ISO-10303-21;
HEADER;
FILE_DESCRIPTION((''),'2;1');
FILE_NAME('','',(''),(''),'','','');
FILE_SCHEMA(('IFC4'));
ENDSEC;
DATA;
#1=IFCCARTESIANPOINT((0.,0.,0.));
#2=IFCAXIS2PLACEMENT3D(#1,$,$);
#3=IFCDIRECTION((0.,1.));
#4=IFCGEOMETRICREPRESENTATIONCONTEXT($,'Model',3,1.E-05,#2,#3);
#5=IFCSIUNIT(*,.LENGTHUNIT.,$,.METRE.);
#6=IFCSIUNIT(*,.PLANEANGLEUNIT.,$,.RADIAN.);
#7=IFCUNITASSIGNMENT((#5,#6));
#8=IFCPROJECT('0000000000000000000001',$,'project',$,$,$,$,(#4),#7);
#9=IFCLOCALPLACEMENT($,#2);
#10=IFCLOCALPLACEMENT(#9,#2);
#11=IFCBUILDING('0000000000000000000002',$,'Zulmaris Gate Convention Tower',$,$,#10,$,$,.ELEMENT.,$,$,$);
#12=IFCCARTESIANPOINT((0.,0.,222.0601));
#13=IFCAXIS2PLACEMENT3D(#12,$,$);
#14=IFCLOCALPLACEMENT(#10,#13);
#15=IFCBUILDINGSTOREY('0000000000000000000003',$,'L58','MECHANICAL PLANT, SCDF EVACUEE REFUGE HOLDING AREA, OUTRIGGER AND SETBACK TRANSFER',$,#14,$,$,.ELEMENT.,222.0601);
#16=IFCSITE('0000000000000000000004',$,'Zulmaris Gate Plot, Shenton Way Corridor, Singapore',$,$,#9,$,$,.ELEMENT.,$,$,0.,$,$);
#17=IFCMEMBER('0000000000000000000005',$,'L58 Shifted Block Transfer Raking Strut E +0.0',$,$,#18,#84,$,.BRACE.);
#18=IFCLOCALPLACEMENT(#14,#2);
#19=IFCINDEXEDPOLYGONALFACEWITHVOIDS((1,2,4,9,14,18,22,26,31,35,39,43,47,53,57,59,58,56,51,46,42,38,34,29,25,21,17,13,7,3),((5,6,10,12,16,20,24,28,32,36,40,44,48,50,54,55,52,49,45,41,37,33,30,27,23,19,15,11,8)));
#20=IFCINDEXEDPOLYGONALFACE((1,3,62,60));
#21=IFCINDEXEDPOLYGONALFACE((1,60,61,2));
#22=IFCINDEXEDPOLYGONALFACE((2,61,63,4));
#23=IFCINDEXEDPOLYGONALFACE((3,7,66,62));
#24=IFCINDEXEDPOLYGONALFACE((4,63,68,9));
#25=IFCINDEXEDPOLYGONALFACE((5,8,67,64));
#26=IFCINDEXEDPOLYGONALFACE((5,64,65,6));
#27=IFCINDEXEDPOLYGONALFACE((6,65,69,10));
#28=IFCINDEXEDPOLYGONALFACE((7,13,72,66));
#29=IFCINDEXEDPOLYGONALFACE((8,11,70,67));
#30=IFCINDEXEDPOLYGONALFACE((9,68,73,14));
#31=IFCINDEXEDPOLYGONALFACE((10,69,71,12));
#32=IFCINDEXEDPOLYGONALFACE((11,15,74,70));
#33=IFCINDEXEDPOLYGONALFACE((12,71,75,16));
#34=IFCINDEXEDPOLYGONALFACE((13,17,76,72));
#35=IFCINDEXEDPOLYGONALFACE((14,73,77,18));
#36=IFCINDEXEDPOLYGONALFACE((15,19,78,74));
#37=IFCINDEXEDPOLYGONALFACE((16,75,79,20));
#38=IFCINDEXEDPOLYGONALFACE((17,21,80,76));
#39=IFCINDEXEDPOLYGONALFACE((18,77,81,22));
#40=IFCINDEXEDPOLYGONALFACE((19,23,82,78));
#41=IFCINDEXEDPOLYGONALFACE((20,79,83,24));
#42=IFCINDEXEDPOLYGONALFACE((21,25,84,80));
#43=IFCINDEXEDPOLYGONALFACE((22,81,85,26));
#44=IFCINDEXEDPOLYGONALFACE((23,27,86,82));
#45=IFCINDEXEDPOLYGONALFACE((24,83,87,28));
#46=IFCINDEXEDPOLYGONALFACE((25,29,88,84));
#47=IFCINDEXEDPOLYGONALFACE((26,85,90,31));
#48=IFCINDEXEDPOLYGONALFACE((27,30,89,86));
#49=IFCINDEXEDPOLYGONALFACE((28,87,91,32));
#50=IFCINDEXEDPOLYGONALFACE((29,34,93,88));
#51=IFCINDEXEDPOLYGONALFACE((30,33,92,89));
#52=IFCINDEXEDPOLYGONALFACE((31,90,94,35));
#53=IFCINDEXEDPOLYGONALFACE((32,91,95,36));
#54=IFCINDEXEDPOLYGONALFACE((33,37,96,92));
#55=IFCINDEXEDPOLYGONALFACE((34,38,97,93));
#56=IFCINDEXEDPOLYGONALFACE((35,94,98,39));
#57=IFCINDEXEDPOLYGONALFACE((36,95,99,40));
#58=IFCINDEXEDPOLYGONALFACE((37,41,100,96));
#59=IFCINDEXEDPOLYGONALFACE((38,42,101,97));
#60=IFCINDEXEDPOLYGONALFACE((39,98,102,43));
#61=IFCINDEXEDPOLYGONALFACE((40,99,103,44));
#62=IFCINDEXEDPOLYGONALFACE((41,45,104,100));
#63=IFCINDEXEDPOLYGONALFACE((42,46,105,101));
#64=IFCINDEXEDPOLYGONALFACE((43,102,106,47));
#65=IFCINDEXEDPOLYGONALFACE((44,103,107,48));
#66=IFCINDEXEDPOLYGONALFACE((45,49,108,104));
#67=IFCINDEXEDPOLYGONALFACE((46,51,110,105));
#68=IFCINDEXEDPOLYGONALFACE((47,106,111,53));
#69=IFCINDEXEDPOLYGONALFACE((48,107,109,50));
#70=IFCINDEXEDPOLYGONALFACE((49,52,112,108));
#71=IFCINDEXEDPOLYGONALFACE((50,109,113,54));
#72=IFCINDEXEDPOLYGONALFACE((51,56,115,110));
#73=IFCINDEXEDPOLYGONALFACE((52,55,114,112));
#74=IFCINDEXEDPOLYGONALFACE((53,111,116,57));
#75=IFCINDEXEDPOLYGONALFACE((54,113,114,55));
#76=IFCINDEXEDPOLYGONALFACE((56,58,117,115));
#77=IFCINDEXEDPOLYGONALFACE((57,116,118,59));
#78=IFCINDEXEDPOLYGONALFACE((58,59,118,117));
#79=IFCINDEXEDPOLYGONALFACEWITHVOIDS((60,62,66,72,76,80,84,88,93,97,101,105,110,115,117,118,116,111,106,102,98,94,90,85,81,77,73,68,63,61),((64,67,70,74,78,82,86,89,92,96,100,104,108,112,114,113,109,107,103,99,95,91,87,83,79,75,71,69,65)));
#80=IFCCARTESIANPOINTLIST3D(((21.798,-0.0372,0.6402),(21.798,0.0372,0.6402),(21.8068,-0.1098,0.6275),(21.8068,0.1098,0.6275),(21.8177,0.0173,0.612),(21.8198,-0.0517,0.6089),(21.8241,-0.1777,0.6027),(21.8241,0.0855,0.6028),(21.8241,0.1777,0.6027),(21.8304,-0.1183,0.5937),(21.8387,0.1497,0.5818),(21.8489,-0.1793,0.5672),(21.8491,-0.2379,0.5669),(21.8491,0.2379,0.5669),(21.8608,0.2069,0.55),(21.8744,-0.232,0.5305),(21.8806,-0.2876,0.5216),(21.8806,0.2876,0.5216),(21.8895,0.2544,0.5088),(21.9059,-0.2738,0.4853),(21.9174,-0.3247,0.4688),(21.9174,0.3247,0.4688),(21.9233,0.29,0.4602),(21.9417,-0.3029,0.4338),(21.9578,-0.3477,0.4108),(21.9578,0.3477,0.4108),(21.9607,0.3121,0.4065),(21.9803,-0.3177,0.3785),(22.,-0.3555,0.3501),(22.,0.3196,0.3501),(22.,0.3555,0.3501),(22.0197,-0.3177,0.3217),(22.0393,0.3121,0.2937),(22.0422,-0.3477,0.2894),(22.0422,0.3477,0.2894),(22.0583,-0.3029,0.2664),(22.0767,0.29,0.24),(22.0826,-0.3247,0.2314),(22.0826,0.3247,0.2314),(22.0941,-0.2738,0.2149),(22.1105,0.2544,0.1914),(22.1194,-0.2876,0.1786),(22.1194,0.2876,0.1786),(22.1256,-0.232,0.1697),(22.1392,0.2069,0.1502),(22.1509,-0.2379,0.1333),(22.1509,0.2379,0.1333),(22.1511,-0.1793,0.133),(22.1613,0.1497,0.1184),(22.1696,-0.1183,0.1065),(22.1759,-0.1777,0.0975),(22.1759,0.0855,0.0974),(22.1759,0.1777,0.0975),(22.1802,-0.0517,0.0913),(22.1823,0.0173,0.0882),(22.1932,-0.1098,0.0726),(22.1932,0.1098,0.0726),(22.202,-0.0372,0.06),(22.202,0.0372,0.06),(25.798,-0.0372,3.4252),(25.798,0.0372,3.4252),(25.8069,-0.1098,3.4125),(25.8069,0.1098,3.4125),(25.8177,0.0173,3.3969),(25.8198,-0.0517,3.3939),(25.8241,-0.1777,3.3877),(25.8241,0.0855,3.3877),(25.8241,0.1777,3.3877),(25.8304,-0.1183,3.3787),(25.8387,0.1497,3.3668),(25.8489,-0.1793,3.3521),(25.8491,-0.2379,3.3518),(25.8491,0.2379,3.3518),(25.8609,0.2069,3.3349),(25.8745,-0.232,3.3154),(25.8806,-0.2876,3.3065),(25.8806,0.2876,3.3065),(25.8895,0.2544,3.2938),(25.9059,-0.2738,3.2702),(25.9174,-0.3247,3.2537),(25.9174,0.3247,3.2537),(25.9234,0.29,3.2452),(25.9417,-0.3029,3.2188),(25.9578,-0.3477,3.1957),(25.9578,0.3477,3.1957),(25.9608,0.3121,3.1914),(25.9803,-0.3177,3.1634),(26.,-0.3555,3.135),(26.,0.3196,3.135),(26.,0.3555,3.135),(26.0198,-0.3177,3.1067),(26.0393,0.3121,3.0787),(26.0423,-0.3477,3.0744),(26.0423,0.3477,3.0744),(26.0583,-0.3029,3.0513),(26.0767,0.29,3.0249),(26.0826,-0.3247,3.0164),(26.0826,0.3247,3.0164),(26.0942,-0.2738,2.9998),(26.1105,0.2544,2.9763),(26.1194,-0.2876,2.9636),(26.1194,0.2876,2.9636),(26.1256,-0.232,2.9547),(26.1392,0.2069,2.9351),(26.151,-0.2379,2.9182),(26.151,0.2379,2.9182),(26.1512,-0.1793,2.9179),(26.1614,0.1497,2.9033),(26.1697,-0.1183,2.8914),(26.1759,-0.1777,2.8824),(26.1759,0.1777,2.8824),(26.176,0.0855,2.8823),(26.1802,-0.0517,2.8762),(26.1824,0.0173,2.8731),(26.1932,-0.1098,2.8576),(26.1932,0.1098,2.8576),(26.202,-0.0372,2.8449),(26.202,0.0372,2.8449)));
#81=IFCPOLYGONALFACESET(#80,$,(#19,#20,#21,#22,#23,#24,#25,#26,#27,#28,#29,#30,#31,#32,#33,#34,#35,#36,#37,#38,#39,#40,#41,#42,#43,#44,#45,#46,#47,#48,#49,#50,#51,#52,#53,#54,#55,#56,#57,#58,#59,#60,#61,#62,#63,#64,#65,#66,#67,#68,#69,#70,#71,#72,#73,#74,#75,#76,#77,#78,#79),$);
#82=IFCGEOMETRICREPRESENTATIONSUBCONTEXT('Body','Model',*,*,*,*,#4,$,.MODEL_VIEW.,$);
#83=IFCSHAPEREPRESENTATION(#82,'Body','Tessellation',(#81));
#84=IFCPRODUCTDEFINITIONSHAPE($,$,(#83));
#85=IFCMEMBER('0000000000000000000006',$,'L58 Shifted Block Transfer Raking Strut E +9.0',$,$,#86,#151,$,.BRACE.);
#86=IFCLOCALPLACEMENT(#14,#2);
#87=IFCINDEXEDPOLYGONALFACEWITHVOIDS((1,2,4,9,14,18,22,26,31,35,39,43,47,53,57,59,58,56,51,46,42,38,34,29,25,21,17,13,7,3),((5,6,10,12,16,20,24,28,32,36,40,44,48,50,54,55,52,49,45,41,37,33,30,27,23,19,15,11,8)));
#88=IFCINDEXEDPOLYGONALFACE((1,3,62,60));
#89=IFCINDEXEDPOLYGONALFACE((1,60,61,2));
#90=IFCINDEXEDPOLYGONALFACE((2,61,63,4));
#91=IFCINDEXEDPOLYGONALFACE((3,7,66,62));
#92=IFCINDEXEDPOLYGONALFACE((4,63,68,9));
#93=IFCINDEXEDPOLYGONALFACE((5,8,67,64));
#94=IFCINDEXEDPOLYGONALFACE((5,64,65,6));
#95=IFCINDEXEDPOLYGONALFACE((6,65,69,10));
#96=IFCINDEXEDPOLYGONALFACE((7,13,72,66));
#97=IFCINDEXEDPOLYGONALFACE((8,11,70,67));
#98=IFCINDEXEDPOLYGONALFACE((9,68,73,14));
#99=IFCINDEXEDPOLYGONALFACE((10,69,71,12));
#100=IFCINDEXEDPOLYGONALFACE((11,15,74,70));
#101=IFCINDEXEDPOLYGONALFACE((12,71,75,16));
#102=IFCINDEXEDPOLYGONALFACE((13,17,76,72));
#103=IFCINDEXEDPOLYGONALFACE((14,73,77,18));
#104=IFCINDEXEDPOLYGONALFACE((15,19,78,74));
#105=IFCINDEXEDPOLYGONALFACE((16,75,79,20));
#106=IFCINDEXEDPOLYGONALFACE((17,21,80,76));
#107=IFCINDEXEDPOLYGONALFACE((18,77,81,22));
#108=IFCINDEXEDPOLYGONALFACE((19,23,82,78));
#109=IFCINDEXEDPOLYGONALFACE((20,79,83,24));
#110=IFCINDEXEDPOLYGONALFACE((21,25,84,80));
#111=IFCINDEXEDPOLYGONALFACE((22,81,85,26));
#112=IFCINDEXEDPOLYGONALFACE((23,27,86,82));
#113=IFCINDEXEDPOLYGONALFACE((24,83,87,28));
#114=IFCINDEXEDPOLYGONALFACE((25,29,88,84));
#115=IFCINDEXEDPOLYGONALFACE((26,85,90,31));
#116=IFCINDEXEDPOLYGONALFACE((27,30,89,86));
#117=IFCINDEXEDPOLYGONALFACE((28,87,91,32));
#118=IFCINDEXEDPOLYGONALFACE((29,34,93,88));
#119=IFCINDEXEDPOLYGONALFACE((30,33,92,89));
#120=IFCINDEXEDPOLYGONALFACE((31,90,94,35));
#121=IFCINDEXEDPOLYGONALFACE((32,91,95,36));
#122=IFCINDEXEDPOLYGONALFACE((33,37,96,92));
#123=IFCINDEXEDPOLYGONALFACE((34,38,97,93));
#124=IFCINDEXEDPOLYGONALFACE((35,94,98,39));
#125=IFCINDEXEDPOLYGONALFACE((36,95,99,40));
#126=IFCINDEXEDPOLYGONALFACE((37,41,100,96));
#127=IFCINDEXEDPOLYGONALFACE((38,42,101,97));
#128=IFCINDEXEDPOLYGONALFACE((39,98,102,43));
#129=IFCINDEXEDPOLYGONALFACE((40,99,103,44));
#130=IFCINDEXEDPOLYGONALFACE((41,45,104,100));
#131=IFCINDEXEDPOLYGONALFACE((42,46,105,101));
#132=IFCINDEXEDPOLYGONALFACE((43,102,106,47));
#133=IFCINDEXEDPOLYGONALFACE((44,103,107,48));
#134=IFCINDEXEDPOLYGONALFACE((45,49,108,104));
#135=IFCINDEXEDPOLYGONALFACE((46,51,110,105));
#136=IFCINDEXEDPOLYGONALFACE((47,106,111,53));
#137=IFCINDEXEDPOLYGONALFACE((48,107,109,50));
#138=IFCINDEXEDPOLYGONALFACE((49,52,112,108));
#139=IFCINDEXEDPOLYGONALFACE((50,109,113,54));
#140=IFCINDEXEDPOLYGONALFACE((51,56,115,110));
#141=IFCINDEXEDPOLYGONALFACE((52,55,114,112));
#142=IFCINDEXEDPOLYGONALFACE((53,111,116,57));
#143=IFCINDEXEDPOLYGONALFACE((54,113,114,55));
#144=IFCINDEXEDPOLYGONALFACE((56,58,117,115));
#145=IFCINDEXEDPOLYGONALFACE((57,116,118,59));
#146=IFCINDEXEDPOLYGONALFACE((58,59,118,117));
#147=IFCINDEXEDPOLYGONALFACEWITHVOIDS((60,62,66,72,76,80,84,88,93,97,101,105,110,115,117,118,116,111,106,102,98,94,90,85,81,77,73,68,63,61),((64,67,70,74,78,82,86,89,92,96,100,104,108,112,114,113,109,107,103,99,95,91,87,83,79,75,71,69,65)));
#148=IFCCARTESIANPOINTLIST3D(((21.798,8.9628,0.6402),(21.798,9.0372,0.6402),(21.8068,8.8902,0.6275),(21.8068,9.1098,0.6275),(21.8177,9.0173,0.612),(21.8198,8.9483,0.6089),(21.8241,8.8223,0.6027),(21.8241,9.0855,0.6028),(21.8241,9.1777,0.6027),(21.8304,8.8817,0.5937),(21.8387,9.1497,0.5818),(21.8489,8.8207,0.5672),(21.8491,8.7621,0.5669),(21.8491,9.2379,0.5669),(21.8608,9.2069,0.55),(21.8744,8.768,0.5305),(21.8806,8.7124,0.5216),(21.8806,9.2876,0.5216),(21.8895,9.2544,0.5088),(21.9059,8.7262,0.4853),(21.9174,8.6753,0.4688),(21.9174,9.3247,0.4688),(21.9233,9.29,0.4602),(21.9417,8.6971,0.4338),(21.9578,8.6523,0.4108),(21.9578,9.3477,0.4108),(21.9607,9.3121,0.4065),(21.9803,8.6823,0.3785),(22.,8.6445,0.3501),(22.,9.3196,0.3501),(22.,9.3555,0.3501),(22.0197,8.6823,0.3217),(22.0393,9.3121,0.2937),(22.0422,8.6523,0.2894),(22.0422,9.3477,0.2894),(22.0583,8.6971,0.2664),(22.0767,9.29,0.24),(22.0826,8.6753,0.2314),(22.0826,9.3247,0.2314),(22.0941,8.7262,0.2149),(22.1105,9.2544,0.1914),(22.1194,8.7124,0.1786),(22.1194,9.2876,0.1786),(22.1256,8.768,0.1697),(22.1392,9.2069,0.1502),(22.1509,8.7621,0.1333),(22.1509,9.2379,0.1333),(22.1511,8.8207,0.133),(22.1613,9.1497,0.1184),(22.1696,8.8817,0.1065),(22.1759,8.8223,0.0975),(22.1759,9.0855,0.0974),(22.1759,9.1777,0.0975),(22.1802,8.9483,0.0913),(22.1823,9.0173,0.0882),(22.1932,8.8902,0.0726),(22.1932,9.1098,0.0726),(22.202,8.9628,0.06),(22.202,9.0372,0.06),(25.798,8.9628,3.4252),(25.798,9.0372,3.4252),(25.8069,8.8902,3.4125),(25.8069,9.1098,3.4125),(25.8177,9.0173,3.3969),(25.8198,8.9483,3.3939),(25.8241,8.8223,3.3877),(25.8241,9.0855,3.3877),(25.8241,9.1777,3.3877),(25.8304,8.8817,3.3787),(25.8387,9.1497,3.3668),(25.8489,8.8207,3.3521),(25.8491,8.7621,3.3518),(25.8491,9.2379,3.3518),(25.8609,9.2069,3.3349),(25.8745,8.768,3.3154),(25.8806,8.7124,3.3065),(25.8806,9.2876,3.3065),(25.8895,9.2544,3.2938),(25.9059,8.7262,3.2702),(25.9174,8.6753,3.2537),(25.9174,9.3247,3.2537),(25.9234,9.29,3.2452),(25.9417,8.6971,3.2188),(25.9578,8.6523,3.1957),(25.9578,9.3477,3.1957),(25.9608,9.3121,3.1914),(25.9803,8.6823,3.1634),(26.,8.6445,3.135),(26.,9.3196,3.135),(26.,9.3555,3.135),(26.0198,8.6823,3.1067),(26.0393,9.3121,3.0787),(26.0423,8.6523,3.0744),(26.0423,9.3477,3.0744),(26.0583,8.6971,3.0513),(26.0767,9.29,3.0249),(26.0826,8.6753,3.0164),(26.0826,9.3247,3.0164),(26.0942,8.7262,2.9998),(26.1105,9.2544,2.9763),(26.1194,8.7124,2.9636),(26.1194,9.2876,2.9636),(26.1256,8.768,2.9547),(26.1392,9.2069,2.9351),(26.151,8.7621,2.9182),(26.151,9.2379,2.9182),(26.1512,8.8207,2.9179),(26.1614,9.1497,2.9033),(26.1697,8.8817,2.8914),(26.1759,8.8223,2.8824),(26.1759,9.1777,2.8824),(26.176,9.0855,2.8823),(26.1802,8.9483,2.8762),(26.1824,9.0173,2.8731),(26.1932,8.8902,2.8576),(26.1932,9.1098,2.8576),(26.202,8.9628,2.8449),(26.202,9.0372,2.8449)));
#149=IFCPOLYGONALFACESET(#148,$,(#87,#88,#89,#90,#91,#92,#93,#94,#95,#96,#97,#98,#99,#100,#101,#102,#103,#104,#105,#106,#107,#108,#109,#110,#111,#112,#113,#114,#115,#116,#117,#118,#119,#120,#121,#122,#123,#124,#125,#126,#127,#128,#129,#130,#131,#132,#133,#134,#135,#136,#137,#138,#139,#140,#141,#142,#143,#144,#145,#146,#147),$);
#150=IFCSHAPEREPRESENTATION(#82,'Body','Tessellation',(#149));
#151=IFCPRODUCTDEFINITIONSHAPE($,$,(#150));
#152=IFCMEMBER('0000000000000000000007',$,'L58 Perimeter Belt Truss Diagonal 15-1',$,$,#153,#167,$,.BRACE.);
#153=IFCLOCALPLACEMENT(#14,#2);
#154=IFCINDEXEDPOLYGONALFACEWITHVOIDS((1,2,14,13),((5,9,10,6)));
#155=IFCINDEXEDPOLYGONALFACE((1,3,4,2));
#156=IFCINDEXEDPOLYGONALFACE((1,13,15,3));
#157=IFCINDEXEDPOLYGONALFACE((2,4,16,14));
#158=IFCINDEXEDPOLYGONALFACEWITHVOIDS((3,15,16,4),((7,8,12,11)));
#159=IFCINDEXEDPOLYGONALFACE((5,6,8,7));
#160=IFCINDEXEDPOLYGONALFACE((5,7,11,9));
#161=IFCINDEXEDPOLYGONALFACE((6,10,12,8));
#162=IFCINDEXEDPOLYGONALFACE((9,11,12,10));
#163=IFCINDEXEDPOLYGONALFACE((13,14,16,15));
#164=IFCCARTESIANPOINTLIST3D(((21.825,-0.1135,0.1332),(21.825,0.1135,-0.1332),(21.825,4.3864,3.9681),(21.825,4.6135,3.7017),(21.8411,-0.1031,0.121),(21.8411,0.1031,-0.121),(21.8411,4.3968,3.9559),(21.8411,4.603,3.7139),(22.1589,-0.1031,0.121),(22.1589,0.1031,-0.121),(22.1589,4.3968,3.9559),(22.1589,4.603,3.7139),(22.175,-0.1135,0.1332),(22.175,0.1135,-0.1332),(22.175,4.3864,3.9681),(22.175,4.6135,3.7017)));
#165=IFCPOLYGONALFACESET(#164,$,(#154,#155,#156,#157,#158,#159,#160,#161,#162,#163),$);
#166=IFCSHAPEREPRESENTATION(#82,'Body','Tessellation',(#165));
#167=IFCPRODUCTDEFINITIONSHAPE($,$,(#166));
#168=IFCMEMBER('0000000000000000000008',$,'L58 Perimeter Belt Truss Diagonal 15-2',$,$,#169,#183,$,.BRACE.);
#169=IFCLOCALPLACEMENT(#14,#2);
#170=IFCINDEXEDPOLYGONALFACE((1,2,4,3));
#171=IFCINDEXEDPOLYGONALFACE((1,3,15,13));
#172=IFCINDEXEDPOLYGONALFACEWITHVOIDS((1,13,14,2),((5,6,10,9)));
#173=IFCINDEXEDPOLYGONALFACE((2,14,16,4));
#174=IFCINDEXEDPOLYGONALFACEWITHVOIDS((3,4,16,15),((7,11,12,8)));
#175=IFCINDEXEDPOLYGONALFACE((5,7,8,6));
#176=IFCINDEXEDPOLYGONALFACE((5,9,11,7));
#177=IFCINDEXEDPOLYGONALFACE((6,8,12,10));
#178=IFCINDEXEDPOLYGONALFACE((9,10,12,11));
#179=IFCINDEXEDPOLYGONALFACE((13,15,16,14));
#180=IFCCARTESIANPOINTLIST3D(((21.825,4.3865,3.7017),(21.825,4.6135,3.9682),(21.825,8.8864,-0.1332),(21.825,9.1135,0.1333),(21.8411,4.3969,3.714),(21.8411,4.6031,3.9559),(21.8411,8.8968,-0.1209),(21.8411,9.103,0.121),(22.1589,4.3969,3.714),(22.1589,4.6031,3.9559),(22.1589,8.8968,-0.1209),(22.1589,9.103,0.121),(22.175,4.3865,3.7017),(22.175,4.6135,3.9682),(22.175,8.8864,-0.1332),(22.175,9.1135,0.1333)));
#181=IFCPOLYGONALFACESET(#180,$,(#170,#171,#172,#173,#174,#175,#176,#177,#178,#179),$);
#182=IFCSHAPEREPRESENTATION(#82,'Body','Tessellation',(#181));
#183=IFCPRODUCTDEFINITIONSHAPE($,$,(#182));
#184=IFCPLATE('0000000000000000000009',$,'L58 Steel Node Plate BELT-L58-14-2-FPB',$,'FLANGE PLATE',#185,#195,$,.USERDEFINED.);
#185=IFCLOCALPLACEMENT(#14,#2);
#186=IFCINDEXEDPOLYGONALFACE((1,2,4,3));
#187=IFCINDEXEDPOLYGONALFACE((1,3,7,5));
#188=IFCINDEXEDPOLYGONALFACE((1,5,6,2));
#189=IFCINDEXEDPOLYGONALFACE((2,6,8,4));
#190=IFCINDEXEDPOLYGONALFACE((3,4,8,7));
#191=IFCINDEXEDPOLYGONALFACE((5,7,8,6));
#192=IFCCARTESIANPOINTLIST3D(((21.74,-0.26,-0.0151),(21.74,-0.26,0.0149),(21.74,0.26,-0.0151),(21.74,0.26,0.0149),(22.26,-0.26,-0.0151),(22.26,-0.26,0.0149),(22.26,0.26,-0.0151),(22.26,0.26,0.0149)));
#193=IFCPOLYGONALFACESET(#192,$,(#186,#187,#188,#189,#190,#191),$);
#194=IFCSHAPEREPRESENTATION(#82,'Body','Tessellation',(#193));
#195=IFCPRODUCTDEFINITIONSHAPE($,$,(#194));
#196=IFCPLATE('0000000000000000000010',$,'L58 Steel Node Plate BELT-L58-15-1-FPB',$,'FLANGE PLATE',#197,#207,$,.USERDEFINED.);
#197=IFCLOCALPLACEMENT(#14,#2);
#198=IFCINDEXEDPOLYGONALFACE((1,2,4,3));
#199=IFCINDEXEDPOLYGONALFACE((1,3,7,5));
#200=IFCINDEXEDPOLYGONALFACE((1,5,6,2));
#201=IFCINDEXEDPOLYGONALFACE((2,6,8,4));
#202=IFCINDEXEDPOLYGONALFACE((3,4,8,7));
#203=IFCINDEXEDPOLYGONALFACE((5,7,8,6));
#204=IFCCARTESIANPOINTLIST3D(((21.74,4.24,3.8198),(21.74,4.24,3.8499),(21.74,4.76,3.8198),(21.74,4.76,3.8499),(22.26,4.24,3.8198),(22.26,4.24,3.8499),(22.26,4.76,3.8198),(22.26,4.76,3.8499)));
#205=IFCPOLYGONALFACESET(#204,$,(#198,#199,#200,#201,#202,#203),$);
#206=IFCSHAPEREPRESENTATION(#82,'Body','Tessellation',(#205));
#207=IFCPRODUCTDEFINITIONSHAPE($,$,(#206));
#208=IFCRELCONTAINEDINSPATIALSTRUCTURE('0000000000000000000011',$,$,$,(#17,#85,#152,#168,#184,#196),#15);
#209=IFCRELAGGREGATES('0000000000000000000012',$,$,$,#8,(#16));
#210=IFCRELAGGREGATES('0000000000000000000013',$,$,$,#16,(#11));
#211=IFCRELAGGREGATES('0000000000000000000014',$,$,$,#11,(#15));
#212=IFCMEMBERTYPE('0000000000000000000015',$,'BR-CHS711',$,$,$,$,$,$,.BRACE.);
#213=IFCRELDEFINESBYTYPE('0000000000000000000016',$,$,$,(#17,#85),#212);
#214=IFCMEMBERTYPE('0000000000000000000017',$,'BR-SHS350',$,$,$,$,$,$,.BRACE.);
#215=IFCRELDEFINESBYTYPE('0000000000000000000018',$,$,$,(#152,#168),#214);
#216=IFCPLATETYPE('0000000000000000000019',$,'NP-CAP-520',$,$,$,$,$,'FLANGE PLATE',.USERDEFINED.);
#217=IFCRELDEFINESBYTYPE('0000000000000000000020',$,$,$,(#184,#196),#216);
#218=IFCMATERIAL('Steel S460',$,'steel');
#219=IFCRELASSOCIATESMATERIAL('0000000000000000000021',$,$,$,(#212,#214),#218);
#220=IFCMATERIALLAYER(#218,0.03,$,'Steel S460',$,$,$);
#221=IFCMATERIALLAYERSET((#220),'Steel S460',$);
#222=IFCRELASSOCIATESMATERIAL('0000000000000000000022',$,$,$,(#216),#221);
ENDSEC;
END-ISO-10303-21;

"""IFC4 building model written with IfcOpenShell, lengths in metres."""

from ifc_helpers import new_model, si_unit, direction, frame, origin, origin_2d, place, context, subcontext, project, spatial, rectangle, hollow_rectangle, hollow_circle, extrude, material, layer, layer_set, material_profile, profile_set, type_object, element, save


model = new_model("IFC4")

# Units and contexts
model_context = context("Model", 3, precision=1e-05, world=origin(), true_north=direction((0.0, 1.0)))
body_context = subcontext(model_context, "Body", "Model", "MODEL_VIEW")
ifc_project = project(units=[si_unit("LENGTHUNIT", "METRE"), si_unit("PLANEANGLEUNIT", "RADIAN")], contexts=[model_context])

# Site, building, storey
site_placement = place(None, origin())
site = spatial("IfcSite", under=ifc_project, at=site_placement, Name="Zulmaris Gate Plot, Shenton Way Corridor, Singapore", CompositionType="ELEMENT", RefElevation=0.0)
building_placement = place(site_placement, origin())
building = spatial("IfcBuilding", under=site, at=building_placement, Name="Zulmaris Gate Convention Tower", CompositionType="ELEMENT")
storey_placement = place(building_placement, frame((0.0, 0.0, 222.0601)))
storey = spatial("IfcBuildingStorey", under=building, at=storey_placement, Name="L58", Description="MECHANICAL PLANT, SCDF EVACUEE REFUGE HOLDING AREA, OUTRIGGER AND SETBACK TRANSFER", CompositionType="ELEMENT", Elevation=222.0601)

# Shared definitions
ifc_material_1 = material(Name="Steel S460", Category="steel")

# Members
ifc_material_profile_1 = material_profile(ifc_material_1, hollow_circle(Radius=0.3555, WallThickness=0.0359, at=origin_2d()), Name="CHS 711x36")
ifc_profile_set_1 = profile_set([ifc_material_profile_1], Name="Steel S460")
member_type_1 = type_object("IfcMemberType", Name="BR-CHS711", PredefinedType="BRACE", material=ifc_profile_set_1)
for number, where, z_axis, x_axis, name in (
    (1, (22.0, 0.0, 0.3501), (0.820684, 0.0, 0.571383), (0.0, 1.0, 0.0), "L58 Shifted Block Transfer Raking Strut E +0.0"),
    (2, (22.0, 9.0, 0.3501), (0.820684, 0.0, 0.571383), (0.0, 1.0, 0.0), "L58 Shifted Block Transfer Raking Strut E +9.0"),
):
    element("IfcMember", number, at=place(storey_placement, frame(where, z_axis=z_axis, x_axis=x_axis)), inside=storey, type_object=member_type_1, Name=name, PredefinedType="BRACE", context=body_context, shape_type="SweptSolid", body=[
        extrude(hollow_circle(Radius=0.3555, WallThickness=0.0359, at=origin_2d()), origin(), (0.0, 0.0, 1.0), 4.874),
    ])
ifc_material_profile_2 = material_profile(ifc_material_1, hollow_rectangle(XDim=0.3501, YDim=0.3501, WallThickness=0.0161, at=origin_2d()), Name="SHS 350x350x16")
ifc_profile_set_2 = profile_set([ifc_material_profile_2], Name="Steel S460")
member_type_2 = type_object("IfcMemberType", Name="BR-SHS350", PredefinedType="BRACE", material=ifc_profile_set_2)
for number, where, z_axis, x_axis, name in (
    (3, (22.0, 0.0, 0.0), (0.0, 0.761107, 0.648626), (-1.0, 0.0, 0.0), "L58 Perimeter Belt Truss Diagonal 15-1"),
    (4, (22.0, 4.5, 3.835), (0.0, 0.761107, -0.648626), (-1.0, 0.0, 0.0), "L58 Perimeter Belt Truss Diagonal 15-2"),
):
    element("IfcMember", number, at=place(storey_placement, frame(where, z_axis=z_axis, x_axis=x_axis)), inside=storey, type_object=member_type_2, Name=name, PredefinedType="BRACE", context=body_context, shape_type="SweptSolid", body=[
        extrude(hollow_rectangle(XDim=0.3501, YDim=0.3501, WallThickness=0.0161, at=origin_2d()), origin(), (0.0, 0.0, 1.0), 5.9124),
    ])

# Plates
ifc_layer_1 = layer(ifc_material_1, 0.03, Name="Steel S460")
ifc_layer_set_1 = layer_set([ifc_layer_1], Name="Steel S460")
plate_type_1 = type_object("IfcPlateType", Name="NP-CAP-520", ElementType="FLANGE PLATE", PredefinedType="USERDEFINED", material=ifc_layer_set_1)
for number, where, z_axis, x_axis, name in (
    (5, (22.0, 0.0, -0.0151), (0.0, 0.0, 1.0), (1.0, 0.0, 0.0), "L58 Steel Node Plate BELT-L58-14-2-FPB"),
    (6, (22.0, 4.5, 3.8198), (0.0, 0.0, 1.0), (1.0, 0.0, 0.0), "L58 Steel Node Plate BELT-L58-15-1-FPB"),
):
    element("IfcPlate", number, at=place(storey_placement, frame(where, z_axis=z_axis, x_axis=x_axis)), inside=storey, type_object=plate_type_1, Name=name, ObjectType="FLANGE PLATE", PredefinedType="USERDEFINED", context=body_context, shape_type="SweptSolid", body=[
        extrude(rectangle(XDim=0.52, YDim=0.52, at=origin_2d()), origin(), (0.0, 0.0, 1.0), 0.03),
    ])

save(model, "model.ifc")
